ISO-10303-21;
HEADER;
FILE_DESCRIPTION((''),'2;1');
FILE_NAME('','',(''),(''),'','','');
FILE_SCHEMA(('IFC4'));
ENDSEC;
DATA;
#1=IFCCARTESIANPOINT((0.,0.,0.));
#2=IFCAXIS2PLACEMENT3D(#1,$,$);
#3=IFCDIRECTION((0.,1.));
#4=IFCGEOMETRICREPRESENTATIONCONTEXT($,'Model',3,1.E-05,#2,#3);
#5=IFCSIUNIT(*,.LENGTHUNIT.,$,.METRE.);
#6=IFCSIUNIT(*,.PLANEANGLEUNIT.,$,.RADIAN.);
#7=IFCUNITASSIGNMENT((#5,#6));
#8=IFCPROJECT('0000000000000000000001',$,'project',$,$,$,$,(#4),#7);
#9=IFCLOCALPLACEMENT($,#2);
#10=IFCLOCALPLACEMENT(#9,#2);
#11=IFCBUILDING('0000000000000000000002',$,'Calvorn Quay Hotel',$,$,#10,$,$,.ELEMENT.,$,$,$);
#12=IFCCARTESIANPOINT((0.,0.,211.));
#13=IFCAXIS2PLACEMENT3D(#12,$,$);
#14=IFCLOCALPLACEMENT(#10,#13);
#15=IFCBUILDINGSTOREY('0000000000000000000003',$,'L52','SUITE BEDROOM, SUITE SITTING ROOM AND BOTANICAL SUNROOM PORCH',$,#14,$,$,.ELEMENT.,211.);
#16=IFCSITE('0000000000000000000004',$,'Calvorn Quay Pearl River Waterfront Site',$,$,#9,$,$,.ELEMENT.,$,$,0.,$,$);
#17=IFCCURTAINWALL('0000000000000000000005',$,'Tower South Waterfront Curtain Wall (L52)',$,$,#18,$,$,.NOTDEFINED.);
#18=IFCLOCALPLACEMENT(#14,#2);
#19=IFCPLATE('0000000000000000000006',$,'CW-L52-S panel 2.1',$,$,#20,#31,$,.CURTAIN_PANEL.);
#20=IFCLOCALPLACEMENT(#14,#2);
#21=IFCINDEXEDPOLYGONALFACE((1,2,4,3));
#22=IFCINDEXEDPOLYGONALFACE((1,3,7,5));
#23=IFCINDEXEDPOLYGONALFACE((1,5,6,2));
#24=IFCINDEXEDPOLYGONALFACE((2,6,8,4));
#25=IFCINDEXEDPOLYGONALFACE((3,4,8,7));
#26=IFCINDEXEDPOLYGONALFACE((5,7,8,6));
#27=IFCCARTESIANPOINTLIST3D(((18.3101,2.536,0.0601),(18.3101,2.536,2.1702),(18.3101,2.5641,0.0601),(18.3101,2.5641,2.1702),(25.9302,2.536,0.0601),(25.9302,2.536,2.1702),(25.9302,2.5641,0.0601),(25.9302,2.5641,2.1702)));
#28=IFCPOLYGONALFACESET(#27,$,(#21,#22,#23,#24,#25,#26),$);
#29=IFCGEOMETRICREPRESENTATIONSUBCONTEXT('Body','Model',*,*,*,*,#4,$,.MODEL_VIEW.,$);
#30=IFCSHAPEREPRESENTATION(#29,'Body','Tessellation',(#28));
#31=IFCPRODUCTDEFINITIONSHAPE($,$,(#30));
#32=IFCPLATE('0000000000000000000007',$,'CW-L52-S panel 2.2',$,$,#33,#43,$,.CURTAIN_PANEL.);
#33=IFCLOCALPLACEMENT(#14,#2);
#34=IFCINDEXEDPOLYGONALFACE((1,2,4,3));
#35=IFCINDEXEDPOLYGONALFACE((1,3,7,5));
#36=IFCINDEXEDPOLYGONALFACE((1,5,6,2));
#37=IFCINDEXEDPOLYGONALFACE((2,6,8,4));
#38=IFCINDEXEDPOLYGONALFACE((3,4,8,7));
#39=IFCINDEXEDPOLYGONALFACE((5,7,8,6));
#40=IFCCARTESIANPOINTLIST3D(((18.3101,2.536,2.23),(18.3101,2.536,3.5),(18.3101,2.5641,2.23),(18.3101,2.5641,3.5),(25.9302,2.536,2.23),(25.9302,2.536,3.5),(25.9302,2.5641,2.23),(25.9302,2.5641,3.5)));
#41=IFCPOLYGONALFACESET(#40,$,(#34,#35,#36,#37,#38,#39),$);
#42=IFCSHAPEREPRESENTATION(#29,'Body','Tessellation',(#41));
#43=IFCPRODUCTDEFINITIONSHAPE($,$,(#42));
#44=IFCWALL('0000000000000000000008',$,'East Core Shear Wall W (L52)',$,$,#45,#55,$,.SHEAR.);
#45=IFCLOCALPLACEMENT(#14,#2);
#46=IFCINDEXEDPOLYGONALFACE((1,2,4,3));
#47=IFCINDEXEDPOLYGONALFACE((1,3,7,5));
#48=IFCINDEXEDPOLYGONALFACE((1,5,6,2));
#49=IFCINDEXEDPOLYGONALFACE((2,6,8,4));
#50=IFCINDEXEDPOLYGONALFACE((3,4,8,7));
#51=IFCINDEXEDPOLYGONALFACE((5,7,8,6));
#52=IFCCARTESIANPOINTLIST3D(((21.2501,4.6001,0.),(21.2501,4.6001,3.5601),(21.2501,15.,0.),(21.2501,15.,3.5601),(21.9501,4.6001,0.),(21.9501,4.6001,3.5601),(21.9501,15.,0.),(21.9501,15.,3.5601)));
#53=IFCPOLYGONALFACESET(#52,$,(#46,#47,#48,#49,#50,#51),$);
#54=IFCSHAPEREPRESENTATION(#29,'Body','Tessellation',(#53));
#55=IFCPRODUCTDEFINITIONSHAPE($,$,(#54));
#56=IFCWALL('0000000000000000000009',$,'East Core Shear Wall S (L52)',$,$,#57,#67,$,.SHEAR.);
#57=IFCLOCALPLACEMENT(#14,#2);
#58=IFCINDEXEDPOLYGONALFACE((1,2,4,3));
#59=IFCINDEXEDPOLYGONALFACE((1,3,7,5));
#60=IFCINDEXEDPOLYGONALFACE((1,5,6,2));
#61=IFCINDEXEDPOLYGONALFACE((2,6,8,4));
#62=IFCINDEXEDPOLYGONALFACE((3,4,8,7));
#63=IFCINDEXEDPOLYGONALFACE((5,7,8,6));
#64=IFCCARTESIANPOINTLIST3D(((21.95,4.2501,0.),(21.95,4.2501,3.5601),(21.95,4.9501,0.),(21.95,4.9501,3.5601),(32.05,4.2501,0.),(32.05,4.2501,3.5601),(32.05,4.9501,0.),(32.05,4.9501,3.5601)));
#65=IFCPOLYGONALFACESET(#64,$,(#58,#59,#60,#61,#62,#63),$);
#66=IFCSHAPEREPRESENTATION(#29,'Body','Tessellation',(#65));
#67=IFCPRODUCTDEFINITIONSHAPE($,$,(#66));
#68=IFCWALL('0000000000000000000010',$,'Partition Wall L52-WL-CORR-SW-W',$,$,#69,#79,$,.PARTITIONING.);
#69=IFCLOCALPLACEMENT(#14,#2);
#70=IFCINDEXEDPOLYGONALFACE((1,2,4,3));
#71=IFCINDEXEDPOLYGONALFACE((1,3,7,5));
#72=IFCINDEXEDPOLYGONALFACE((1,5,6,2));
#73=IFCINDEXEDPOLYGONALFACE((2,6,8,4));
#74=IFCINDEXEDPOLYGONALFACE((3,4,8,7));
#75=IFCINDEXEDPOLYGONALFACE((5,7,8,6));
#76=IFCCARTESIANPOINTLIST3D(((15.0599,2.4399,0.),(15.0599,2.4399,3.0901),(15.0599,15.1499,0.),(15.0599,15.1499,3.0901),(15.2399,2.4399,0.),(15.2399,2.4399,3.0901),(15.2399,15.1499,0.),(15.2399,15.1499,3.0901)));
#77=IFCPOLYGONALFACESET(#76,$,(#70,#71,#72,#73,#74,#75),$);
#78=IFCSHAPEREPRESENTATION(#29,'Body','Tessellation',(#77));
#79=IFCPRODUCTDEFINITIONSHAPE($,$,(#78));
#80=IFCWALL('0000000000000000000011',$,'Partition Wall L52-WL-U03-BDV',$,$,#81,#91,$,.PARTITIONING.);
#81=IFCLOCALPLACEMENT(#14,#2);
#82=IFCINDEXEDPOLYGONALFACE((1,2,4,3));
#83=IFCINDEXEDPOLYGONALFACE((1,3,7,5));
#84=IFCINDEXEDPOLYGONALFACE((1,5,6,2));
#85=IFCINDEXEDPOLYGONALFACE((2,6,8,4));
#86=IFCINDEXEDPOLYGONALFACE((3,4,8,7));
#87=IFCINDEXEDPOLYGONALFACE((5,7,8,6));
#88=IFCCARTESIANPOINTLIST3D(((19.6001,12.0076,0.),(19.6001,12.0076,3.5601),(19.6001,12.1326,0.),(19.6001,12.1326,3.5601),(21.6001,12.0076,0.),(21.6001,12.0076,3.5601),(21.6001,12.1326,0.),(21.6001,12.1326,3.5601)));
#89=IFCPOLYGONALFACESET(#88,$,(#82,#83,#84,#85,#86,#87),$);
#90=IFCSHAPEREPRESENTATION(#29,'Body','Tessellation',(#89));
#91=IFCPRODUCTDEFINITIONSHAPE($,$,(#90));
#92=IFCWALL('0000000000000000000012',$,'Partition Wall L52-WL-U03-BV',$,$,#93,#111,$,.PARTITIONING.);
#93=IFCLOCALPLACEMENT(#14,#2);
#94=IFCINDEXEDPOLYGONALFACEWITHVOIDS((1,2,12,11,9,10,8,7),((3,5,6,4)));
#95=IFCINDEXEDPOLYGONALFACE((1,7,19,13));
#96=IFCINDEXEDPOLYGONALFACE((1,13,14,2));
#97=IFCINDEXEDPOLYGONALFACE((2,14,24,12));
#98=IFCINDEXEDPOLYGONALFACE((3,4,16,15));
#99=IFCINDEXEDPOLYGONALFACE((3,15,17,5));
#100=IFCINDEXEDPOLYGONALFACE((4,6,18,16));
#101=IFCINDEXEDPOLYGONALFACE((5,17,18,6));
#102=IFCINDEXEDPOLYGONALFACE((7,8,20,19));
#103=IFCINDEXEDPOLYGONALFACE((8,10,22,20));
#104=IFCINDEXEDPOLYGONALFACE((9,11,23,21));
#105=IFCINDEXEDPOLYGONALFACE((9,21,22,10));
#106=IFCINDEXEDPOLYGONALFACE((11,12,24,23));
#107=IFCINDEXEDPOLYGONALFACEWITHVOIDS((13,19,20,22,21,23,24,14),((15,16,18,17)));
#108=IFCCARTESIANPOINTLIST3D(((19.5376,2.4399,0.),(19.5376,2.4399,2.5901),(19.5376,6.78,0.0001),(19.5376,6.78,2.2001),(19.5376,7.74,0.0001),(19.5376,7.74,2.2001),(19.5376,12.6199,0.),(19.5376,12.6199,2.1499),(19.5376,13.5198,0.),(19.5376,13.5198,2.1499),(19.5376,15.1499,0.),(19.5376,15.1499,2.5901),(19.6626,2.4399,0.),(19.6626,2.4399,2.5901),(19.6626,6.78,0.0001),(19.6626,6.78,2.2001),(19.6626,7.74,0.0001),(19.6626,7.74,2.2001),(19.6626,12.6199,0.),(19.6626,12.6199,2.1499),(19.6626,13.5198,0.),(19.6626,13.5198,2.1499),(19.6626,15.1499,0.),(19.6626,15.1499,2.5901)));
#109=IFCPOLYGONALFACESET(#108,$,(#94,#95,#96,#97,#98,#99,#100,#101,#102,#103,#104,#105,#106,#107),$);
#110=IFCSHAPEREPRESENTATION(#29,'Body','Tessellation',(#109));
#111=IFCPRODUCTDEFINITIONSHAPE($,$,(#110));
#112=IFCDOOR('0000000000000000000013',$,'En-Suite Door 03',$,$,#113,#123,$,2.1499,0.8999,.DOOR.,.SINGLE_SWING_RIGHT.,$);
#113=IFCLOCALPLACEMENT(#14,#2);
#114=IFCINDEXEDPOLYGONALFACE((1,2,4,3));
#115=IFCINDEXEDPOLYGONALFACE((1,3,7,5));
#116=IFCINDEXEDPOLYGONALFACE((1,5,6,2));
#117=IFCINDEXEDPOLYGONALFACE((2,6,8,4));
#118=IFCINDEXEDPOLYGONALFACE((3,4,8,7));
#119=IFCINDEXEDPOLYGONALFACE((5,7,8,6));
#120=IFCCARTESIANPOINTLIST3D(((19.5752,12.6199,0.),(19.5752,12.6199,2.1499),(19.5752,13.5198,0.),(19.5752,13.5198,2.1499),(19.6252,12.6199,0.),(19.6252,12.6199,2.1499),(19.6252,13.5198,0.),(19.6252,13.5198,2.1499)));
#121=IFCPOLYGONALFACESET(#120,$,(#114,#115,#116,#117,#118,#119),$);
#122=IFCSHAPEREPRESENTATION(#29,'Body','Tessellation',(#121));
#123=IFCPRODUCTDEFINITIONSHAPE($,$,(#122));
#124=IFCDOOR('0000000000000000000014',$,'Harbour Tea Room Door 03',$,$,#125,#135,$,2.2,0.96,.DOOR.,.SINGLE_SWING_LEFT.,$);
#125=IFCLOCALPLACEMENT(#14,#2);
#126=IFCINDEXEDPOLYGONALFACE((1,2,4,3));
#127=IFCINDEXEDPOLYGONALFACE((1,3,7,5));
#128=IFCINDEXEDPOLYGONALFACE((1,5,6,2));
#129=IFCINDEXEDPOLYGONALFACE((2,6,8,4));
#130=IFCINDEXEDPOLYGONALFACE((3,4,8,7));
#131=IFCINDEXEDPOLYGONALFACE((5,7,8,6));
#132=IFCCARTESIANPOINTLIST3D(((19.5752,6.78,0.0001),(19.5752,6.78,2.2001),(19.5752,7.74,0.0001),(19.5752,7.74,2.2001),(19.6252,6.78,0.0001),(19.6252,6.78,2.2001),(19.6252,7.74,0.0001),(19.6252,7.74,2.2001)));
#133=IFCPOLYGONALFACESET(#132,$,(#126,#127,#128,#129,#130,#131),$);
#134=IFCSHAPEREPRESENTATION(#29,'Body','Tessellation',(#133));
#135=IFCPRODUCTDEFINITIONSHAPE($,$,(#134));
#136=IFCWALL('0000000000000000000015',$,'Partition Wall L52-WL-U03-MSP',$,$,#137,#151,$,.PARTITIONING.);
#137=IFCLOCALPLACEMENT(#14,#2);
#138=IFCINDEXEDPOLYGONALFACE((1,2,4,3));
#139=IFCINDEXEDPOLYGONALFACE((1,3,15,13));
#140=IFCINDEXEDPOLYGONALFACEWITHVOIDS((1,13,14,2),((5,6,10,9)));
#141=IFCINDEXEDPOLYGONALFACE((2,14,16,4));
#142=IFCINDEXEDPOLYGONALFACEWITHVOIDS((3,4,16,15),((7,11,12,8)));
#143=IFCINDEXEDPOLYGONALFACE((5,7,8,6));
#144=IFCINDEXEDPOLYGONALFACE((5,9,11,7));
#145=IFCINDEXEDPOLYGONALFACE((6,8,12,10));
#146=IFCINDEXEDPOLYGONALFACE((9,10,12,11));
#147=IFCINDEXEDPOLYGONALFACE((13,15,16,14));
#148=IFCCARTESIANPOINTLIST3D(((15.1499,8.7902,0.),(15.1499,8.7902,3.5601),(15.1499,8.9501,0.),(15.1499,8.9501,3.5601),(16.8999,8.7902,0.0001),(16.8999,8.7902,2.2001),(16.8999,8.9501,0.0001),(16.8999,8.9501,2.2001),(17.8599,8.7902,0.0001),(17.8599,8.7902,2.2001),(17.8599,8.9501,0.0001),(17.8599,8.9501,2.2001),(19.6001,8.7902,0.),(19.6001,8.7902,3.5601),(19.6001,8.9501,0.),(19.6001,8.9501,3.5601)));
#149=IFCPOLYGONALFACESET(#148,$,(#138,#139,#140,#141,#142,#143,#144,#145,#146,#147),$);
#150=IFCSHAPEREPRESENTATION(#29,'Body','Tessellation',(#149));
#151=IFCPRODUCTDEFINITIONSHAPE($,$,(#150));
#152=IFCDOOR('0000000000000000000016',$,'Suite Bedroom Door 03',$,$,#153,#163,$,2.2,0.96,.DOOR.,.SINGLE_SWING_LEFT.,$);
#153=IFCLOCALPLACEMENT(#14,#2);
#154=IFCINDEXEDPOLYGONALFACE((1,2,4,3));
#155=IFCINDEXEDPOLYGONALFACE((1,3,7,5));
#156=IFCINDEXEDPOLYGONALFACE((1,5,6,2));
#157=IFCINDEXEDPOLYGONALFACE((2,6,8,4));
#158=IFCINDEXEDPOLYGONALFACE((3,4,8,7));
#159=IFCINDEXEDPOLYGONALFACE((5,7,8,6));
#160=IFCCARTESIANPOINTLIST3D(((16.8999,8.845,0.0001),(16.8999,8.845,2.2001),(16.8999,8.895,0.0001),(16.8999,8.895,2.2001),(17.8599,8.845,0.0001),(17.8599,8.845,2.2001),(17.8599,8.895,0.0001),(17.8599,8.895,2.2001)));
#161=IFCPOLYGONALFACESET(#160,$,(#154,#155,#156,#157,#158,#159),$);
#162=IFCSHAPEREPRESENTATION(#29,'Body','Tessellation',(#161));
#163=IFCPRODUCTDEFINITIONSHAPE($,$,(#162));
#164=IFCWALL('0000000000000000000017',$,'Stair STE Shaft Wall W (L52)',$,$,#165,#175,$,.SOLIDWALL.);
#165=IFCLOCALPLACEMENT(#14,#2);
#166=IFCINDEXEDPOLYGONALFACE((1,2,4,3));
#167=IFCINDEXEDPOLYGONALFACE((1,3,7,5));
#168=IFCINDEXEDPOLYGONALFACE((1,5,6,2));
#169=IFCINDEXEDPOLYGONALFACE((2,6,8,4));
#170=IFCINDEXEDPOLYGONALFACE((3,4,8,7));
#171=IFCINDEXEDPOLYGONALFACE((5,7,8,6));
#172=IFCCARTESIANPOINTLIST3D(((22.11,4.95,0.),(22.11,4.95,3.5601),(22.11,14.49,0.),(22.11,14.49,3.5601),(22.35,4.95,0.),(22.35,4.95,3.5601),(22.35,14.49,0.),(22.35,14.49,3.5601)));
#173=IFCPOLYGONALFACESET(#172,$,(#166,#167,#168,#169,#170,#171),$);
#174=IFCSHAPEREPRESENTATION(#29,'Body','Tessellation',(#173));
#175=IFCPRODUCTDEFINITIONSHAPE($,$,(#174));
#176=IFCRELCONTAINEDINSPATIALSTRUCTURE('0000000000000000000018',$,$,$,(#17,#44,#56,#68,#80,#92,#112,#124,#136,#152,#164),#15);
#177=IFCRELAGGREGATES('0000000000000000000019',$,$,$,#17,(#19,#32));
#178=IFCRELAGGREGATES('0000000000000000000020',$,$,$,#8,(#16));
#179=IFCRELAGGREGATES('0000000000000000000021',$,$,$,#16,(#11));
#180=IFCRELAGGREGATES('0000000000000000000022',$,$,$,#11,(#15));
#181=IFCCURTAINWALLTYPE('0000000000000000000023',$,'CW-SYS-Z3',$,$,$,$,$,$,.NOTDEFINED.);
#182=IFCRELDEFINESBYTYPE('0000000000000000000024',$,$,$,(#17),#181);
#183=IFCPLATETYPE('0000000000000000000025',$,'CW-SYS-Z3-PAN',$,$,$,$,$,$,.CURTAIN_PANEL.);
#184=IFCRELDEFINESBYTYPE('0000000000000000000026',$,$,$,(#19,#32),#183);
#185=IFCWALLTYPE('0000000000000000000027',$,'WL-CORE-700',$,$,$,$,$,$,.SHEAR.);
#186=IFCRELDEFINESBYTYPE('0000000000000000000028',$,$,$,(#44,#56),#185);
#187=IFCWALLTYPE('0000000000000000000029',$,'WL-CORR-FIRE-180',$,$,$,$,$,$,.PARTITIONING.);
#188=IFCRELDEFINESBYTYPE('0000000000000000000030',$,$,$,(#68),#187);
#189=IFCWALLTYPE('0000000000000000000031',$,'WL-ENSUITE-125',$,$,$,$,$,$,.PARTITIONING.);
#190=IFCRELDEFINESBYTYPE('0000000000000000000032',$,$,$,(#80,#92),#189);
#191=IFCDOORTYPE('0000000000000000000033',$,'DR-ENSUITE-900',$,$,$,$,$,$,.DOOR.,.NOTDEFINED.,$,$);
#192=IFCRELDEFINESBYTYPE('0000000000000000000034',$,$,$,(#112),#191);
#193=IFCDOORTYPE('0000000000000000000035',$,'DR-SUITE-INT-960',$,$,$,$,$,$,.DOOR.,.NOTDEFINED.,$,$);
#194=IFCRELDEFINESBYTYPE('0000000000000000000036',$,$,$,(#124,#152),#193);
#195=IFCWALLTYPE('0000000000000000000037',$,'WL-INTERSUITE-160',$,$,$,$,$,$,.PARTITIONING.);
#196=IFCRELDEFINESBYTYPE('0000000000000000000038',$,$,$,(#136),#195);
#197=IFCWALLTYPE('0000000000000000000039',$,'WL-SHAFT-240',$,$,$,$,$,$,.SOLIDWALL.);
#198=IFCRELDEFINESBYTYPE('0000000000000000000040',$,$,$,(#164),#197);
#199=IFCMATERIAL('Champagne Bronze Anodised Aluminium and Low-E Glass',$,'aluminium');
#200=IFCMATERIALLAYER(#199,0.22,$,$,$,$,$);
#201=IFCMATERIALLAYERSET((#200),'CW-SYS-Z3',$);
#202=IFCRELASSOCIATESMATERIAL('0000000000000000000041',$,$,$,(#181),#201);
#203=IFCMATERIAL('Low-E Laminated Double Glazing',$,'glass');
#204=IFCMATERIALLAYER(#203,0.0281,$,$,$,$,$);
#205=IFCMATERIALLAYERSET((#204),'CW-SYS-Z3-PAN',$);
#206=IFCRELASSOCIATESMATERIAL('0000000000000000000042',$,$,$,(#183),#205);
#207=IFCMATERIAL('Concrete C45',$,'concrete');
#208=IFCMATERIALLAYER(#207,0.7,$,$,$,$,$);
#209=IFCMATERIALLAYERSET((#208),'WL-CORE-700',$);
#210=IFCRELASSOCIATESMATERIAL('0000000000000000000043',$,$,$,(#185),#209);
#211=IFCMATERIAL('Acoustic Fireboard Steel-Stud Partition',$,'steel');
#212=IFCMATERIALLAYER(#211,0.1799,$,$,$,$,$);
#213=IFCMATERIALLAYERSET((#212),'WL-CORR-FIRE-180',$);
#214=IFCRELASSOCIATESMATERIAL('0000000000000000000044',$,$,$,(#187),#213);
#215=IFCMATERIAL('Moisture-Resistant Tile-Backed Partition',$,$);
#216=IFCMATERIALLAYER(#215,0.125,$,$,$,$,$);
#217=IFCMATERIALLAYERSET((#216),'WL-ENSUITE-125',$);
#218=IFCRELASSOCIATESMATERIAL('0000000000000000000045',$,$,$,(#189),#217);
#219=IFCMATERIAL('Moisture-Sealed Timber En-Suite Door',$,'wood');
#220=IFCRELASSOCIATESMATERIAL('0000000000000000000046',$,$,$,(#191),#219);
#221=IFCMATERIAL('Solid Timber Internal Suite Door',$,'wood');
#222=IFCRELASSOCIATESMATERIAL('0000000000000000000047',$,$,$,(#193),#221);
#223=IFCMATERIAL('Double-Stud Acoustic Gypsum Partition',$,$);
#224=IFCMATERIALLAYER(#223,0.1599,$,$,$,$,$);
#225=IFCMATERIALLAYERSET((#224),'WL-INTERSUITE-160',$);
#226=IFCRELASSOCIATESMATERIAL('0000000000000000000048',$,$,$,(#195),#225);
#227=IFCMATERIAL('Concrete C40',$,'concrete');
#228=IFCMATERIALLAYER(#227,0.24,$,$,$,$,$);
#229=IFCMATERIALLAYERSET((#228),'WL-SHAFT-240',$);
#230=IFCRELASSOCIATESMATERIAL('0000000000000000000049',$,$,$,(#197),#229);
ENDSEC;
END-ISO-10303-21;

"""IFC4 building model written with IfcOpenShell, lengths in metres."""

from ifc_helpers import new_model, si_unit, direction, frame, frame_2d, origin, origin_2d, place, context, subcontext, project, spatial, rectangle, extrude, material, layer, layer_set, type_object, element, fill, aggregate, save


model = new_model("IFC4")

# Units and contexts
model_context = context("Model", 3, precision=1e-05, world=origin(), true_north=direction((0.0, 1.0)))
body_context = subcontext(model_context, "Body", "Model", "MODEL_VIEW")
ifc_project = project(units=[si_unit("LENGTHUNIT", "METRE"), si_unit("PLANEANGLEUNIT", "RADIAN")], contexts=[model_context])

# Site, building, storey
site_placement = place(None, origin())
site = spatial("IfcSite", under=ifc_project, at=site_placement, Name="Calvorn Quay Pearl River Waterfront Site", CompositionType="ELEMENT", RefElevation=0.0)
building_placement = place(site_placement, origin())
building = spatial("IfcBuilding", under=site, at=building_placement, Name="Calvorn Quay Hotel", CompositionType="ELEMENT")
storey_placement = place(building_placement, frame((0.0, 0.0, 211.0)))
storey = spatial("IfcBuildingStorey", under=building, at=storey_placement, Name="L52", Description="SUITE BEDROOM, SUITE SITTING ROOM AND BOTANICAL SUNROOM PORCH", CompositionType="ELEMENT", Elevation=211.0)

# Curtain wall, plates
ifc_material_1 = material(Name="Champagne Bronze Anodised Aluminium and Low-E Glass", Category="aluminium")
ifc_layer_1 = layer(ifc_material_1, 0.22)
ifc_layer_set_1 = layer_set([ifc_layer_1], Name="CW-SYS-Z3")
curtain_wall_type = type_object("IfcCurtainWallType", Name="CW-SYS-Z3", PredefinedType="NOTDEFINED", material=ifc_layer_set_1)
curtain_wall_placement = place(storey_placement, origin())
curtain_wall = element("IfcCurtainWall", 1, at=curtain_wall_placement, inside=storey, type_object=curtain_wall_type, Name="Tower South Waterfront Curtain Wall (L52)", PredefinedType="NOTDEFINED")
ifc_material_2 = material(Name="Low-E Laminated Double Glazing", Category="glass")
ifc_layer_2 = layer(ifc_material_2, 0.0281)
ifc_layer_set_2 = layer_set([ifc_layer_2], Name="CW-SYS-Z3-PAN")
plate_type = type_object("IfcPlateType", Name="CW-SYS-Z3-PAN", PredefinedType="CURTAIN_PANEL", material=ifc_layer_set_2)
plate_1_placement = place(storey_placement, frame((22.1201, 2.55, 0.0601), z_axis=(0.0, 0.0, 1.0), x_axis=(1.0, 0.0, 0.0)))
plate_1 = element("IfcPlate", 2, at=plate_1_placement, type_object=plate_type, Name="CW-L52-S panel 2.1", PredefinedType="CURTAIN_PANEL", context=body_context, shape_type="SweptSolid", body=[
    extrude(rectangle(XDim=7.6201, YDim=0.0281, at=origin_2d()), origin(), (0.0, 0.0, 1.0), 2.1101),
])
plate_2_placement = place(storey_placement, frame((22.1201, 2.55, 2.23), z_axis=(0.0, 0.0, 1.0), x_axis=(1.0, 0.0, 0.0)))
plate_2 = element("IfcPlate", 3, at=plate_2_placement, type_object=plate_type, Name="CW-L52-S panel 2.2", PredefinedType="CURTAIN_PANEL", context=body_context, shape_type="SweptSolid", body=[
    extrude(rectangle(XDim=7.6201, YDim=0.0281, at=origin_2d()), origin(), (0.0, 0.0, 1.0), 1.27),
])
aggregate(curtain_wall, [plate_1, plate_2])

# Walls
ifc_material_3 = material(Name="Concrete C45", Category="concrete")
ifc_layer_3 = layer(ifc_material_3, 0.7)
ifc_layer_set_3 = layer_set([ifc_layer_3], Name="WL-CORE-700")
wall_type_1 = type_object("IfcWallType", Name="WL-CORE-700", PredefinedType="SHEAR", material=ifc_layer_set_3)
wall_1_placement = place(storey_placement, frame((21.6001, 4.6001, 0.0), z_axis=(0.0, 0.0, 1.0), x_axis=(0.0, 1.0, 0.0)))
element("IfcWall", 4, at=wall_1_placement, inside=storey, type_object=wall_type_1, Name="East Core Shear Wall W (L52)", PredefinedType="SHEAR", context=body_context, shape_type="SweptSolid", body=[
    extrude(rectangle(XDim=10.3999, YDim=0.7, at=frame_2d((5.2, 0.0))), origin(), (0.0, 0.0, 1.0), 3.5601),
])
wall_2_placement = place(storey_placement, frame((21.95, 4.6001, 0.0), z_axis=(0.0, 0.0, 1.0), x_axis=(1.0, 0.0, 0.0)))
element("IfcWall", 5, at=wall_2_placement, inside=storey, type_object=wall_type_1, Name="East Core Shear Wall S (L52)", PredefinedType="SHEAR", context=body_context, shape_type="SweptSolid", body=[
    extrude(rectangle(XDim=10.1001, YDim=0.7, at=frame_2d((5.05, 0.0))), origin(), (0.0, 0.0, 1.0), 3.5601),
])
ifc_material_4 = material(Name="Acoustic Fireboard Steel-Stud Partition", Category="steel")
ifc_layer_4 = layer(ifc_material_4, 0.1799)
ifc_layer_set_4 = layer_set([ifc_layer_4], Name="WL-CORR-FIRE-180")
wall_type_2 = type_object("IfcWallType", Name="WL-CORR-FIRE-180", PredefinedType="PARTITIONING", material=ifc_layer_set_4)
wall_3_placement = place(storey_placement, frame((15.1499, 2.4399, 0.0), z_axis=(0.0, 0.0, 1.0), x_axis=(0.0, 1.0, 0.0)))
element("IfcWall", 6, at=wall_3_placement, inside=storey, type_object=wall_type_2, Name="Partition Wall L52-WL-CORR-SW-W", PredefinedType="PARTITIONING", context=body_context, shape_type="SweptSolid", body=[
    extrude(rectangle(XDim=12.71, YDim=0.1799, at=frame_2d((6.355, 0.0))), origin(), (0.0, 0.0, 1.0), 3.0901),
])
ifc_material_5 = material(Name="Moisture-Resistant Tile-Backed Partition")
ifc_layer_5 = layer(ifc_material_5, 0.125)
ifc_layer_set_5 = layer_set([ifc_layer_5], Name="WL-ENSUITE-125")
wall_type_3 = type_object("IfcWallType", Name="WL-ENSUITE-125", PredefinedType="PARTITIONING", material=ifc_layer_set_5)
wall_4_placement = place(storey_placement, frame((19.6001, 12.0701, 0.0), z_axis=(0.0, 0.0, 1.0), x_axis=(1.0, 0.0, 0.0)))
element("IfcWall", 7, at=wall_4_placement, inside=storey, type_object=wall_type_3, Name="Partition Wall L52-WL-U03-BDV", PredefinedType="PARTITIONING", context=body_context, shape_type="SweptSolid", body=[
    extrude(rectangle(XDim=2.0, YDim=0.125, at=frame_2d((1.0, 0.0))), origin(), (0.0, 0.0, 1.0), 3.5601),
])

# Wall, openings, doors
wall_5_placement = place(storey_placement, frame((19.6001, 2.4399, 0.0), z_axis=(0.0, 0.0, 1.0), x_axis=(0.0, 1.0, 0.0)))
wall_5 = element("IfcWall", 8, at=wall_5_placement, inside=storey, type_object=wall_type_3, Name="Partition Wall L52-WL-U03-BV", PredefinedType="PARTITIONING", context=body_context, shape_type="SweptSolid", body=[
    extrude(rectangle(XDim=12.71, YDim=0.125, at=frame_2d((6.355, 0.0))), origin(), (0.0, 0.0, 1.0), 2.5901),
])
opening_1_placement = place(wall_5_placement, frame((4.3401, 0.0, 0.0)))
opening_1 = element("IfcOpeningElement", 9, at=opening_1_placement, cuts=wall_5, PredefinedType="OPENING", context=body_context, shape_type="SweptSolid", body=[
    extrude(rectangle(XDim=0.96, YDim=2.2, at=frame_2d((0.48, 1.1001))), frame((0.0, 0.0725, 0.0), z_axis=(0.0, -1.0, 0.0), x_axis=(1.0, 0.0, 0.0)), (0.0, 0.0, 1.0), 0.145),
])
opening_2_placement = place(wall_5_placement, frame((10.1799, 0.0, 0.0)))
opening_2 = element("IfcOpeningElement", 10, at=opening_2_placement, cuts=wall_5, PredefinedType="OPENING", context=body_context, shape_type="SweptSolid", body=[
    extrude(rectangle(XDim=0.8999, YDim=2.1499, at=frame_2d((0.45, 1.075))), frame((0.0, 0.0725, 0.0), z_axis=(0.0, -1.0, 0.0), x_axis=(1.0, 0.0, 0.0)), (0.0, 0.0, 1.0), 0.145),
])
ifc_material_6 = material(Name="Moisture-Sealed Timber En-Suite Door", Category="wood")
door_type_1 = type_object("IfcDoorType", Name="DR-ENSUITE-900", OperationType="NOTDEFINED", PredefinedType="DOOR", material=ifc_material_6)
door_1_placement = place(opening_2_placement, origin())
door_1 = element("IfcDoor", 11, at=door_1_placement, inside=storey, type_object=door_type_1, Name="En-Suite Door 03", OperationType="SINGLE_SWING_RIGHT", OverallHeight=2.1499, OverallWidth=0.8999, PredefinedType="DOOR", context=body_context, shape_type="SweptSolid", body=[
    extrude(rectangle(XDim=0.8999, YDim=2.1499, at=frame_2d((0.45, 1.075))), frame((0.0, 0.0249, 0.0), z_axis=(0.0, -1.0, 0.0), x_axis=(1.0, 0.0, 0.0)), (0.0, 0.0, 1.0), 0.05),
])
fill(opening_2, door_1)
ifc_material_7 = material(Name="Solid Timber Internal Suite Door", Category="wood")
door_type_2 = type_object("IfcDoorType", Name="DR-SUITE-INT-960", OperationType="NOTDEFINED", PredefinedType="DOOR", material=ifc_material_7)
door_2_placement = place(opening_1_placement, origin())
door_2 = element("IfcDoor", 12, at=door_2_placement, inside=storey, type_object=door_type_2, Name="Harbour Tea Room Door 03", OperationType="SINGLE_SWING_LEFT", OverallHeight=2.2, OverallWidth=0.96, PredefinedType="DOOR", context=body_context, shape_type="SweptSolid", body=[
    extrude(rectangle(XDim=0.96, YDim=2.2, at=frame_2d((0.48, 1.1001))), frame((0.0, 0.0249, 0.0), z_axis=(0.0, -1.0, 0.0), x_axis=(1.0, 0.0, 0.0)), (0.0, 0.0, 1.0), 0.05),
])
fill(opening_1, door_2)

# Wall, opening, door
ifc_material_8 = material(Name="Double-Stud Acoustic Gypsum Partition")
ifc_layer_6 = layer(ifc_material_8, 0.1599)
ifc_layer_set_6 = layer_set([ifc_layer_6], Name="WL-INTERSUITE-160")
wall_type_4 = type_object("IfcWallType", Name="WL-INTERSUITE-160", PredefinedType="PARTITIONING", material=ifc_layer_set_6)
wall_6_placement = place(storey_placement, frame((15.1499, 8.8701, 0.0), z_axis=(0.0, 0.0, 1.0), x_axis=(1.0, 0.0, 0.0)))
wall_6 = element("IfcWall", 13, at=wall_6_placement, inside=storey, type_object=wall_type_4, Name="Partition Wall L52-WL-U03-MSP", PredefinedType="PARTITIONING", context=body_context, shape_type="SweptSolid", body=[
    extrude(rectangle(XDim=4.4502, YDim=0.1599, at=frame_2d((2.2251, 0.0))), origin(), (0.0, 0.0, 1.0), 3.5601),
])
opening_3_placement = place(wall_6_placement, frame((1.75, 0.0, 0.0)))
opening_3 = element("IfcOpeningElement", 14, at=opening_3_placement, cuts=wall_6, PredefinedType="OPENING", context=body_context, shape_type="SweptSolid", body=[
    extrude(rectangle(XDim=0.96, YDim=2.2, at=frame_2d((0.48, 1.1001))), frame((0.0, 0.0898, 0.0), z_axis=(0.0, -1.0, 0.0), x_axis=(1.0, 0.0, 0.0)), (0.0, 0.0, 1.0), 0.1799),
])
door_3_placement = place(opening_3_placement, origin())
door_3 = element("IfcDoor", 15, at=door_3_placement, inside=storey, type_object=door_type_2, Name="Suite Bedroom Door 03", OperationType="SINGLE_SWING_LEFT", OverallHeight=2.2, OverallWidth=0.96, PredefinedType="DOOR", context=body_context, shape_type="SweptSolid", body=[
    extrude(rectangle(XDim=0.96, YDim=2.2, at=frame_2d((0.48, 1.1001))), frame((0.0, 0.0249, 0.0), z_axis=(0.0, -1.0, 0.0), x_axis=(1.0, 0.0, 0.0)), (0.0, 0.0, 1.0), 0.05),
])
fill(opening_3, door_3)

# Wall
ifc_material_9 = material(Name="Concrete C40", Category="concrete")
ifc_layer_7 = layer(ifc_material_9, 0.24)
ifc_layer_set_7 = layer_set([ifc_layer_7], Name="WL-SHAFT-240")
wall_type_5 = type_object("IfcWallType", Name="WL-SHAFT-240", PredefinedType="SOLIDWALL", material=ifc_layer_set_7)
wall_7_placement = place(storey_placement, frame((22.23, 4.95, 0.0), z_axis=(0.0, 0.0, 1.0), x_axis=(0.0, 1.0, 0.0)))
element("IfcWall", 16, at=wall_7_placement, inside=storey, type_object=wall_type_5, Name="Stair STE Shaft Wall W (L52)", PredefinedType="SOLIDWALL", context=body_context, shape_type="SweptSolid", body=[
    extrude(rectangle(XDim=9.54, YDim=0.24, at=frame_2d((4.77, 0.0))), origin(), (0.0, 0.0, 1.0), 3.5601),
])

save(model, "model.ifc")
